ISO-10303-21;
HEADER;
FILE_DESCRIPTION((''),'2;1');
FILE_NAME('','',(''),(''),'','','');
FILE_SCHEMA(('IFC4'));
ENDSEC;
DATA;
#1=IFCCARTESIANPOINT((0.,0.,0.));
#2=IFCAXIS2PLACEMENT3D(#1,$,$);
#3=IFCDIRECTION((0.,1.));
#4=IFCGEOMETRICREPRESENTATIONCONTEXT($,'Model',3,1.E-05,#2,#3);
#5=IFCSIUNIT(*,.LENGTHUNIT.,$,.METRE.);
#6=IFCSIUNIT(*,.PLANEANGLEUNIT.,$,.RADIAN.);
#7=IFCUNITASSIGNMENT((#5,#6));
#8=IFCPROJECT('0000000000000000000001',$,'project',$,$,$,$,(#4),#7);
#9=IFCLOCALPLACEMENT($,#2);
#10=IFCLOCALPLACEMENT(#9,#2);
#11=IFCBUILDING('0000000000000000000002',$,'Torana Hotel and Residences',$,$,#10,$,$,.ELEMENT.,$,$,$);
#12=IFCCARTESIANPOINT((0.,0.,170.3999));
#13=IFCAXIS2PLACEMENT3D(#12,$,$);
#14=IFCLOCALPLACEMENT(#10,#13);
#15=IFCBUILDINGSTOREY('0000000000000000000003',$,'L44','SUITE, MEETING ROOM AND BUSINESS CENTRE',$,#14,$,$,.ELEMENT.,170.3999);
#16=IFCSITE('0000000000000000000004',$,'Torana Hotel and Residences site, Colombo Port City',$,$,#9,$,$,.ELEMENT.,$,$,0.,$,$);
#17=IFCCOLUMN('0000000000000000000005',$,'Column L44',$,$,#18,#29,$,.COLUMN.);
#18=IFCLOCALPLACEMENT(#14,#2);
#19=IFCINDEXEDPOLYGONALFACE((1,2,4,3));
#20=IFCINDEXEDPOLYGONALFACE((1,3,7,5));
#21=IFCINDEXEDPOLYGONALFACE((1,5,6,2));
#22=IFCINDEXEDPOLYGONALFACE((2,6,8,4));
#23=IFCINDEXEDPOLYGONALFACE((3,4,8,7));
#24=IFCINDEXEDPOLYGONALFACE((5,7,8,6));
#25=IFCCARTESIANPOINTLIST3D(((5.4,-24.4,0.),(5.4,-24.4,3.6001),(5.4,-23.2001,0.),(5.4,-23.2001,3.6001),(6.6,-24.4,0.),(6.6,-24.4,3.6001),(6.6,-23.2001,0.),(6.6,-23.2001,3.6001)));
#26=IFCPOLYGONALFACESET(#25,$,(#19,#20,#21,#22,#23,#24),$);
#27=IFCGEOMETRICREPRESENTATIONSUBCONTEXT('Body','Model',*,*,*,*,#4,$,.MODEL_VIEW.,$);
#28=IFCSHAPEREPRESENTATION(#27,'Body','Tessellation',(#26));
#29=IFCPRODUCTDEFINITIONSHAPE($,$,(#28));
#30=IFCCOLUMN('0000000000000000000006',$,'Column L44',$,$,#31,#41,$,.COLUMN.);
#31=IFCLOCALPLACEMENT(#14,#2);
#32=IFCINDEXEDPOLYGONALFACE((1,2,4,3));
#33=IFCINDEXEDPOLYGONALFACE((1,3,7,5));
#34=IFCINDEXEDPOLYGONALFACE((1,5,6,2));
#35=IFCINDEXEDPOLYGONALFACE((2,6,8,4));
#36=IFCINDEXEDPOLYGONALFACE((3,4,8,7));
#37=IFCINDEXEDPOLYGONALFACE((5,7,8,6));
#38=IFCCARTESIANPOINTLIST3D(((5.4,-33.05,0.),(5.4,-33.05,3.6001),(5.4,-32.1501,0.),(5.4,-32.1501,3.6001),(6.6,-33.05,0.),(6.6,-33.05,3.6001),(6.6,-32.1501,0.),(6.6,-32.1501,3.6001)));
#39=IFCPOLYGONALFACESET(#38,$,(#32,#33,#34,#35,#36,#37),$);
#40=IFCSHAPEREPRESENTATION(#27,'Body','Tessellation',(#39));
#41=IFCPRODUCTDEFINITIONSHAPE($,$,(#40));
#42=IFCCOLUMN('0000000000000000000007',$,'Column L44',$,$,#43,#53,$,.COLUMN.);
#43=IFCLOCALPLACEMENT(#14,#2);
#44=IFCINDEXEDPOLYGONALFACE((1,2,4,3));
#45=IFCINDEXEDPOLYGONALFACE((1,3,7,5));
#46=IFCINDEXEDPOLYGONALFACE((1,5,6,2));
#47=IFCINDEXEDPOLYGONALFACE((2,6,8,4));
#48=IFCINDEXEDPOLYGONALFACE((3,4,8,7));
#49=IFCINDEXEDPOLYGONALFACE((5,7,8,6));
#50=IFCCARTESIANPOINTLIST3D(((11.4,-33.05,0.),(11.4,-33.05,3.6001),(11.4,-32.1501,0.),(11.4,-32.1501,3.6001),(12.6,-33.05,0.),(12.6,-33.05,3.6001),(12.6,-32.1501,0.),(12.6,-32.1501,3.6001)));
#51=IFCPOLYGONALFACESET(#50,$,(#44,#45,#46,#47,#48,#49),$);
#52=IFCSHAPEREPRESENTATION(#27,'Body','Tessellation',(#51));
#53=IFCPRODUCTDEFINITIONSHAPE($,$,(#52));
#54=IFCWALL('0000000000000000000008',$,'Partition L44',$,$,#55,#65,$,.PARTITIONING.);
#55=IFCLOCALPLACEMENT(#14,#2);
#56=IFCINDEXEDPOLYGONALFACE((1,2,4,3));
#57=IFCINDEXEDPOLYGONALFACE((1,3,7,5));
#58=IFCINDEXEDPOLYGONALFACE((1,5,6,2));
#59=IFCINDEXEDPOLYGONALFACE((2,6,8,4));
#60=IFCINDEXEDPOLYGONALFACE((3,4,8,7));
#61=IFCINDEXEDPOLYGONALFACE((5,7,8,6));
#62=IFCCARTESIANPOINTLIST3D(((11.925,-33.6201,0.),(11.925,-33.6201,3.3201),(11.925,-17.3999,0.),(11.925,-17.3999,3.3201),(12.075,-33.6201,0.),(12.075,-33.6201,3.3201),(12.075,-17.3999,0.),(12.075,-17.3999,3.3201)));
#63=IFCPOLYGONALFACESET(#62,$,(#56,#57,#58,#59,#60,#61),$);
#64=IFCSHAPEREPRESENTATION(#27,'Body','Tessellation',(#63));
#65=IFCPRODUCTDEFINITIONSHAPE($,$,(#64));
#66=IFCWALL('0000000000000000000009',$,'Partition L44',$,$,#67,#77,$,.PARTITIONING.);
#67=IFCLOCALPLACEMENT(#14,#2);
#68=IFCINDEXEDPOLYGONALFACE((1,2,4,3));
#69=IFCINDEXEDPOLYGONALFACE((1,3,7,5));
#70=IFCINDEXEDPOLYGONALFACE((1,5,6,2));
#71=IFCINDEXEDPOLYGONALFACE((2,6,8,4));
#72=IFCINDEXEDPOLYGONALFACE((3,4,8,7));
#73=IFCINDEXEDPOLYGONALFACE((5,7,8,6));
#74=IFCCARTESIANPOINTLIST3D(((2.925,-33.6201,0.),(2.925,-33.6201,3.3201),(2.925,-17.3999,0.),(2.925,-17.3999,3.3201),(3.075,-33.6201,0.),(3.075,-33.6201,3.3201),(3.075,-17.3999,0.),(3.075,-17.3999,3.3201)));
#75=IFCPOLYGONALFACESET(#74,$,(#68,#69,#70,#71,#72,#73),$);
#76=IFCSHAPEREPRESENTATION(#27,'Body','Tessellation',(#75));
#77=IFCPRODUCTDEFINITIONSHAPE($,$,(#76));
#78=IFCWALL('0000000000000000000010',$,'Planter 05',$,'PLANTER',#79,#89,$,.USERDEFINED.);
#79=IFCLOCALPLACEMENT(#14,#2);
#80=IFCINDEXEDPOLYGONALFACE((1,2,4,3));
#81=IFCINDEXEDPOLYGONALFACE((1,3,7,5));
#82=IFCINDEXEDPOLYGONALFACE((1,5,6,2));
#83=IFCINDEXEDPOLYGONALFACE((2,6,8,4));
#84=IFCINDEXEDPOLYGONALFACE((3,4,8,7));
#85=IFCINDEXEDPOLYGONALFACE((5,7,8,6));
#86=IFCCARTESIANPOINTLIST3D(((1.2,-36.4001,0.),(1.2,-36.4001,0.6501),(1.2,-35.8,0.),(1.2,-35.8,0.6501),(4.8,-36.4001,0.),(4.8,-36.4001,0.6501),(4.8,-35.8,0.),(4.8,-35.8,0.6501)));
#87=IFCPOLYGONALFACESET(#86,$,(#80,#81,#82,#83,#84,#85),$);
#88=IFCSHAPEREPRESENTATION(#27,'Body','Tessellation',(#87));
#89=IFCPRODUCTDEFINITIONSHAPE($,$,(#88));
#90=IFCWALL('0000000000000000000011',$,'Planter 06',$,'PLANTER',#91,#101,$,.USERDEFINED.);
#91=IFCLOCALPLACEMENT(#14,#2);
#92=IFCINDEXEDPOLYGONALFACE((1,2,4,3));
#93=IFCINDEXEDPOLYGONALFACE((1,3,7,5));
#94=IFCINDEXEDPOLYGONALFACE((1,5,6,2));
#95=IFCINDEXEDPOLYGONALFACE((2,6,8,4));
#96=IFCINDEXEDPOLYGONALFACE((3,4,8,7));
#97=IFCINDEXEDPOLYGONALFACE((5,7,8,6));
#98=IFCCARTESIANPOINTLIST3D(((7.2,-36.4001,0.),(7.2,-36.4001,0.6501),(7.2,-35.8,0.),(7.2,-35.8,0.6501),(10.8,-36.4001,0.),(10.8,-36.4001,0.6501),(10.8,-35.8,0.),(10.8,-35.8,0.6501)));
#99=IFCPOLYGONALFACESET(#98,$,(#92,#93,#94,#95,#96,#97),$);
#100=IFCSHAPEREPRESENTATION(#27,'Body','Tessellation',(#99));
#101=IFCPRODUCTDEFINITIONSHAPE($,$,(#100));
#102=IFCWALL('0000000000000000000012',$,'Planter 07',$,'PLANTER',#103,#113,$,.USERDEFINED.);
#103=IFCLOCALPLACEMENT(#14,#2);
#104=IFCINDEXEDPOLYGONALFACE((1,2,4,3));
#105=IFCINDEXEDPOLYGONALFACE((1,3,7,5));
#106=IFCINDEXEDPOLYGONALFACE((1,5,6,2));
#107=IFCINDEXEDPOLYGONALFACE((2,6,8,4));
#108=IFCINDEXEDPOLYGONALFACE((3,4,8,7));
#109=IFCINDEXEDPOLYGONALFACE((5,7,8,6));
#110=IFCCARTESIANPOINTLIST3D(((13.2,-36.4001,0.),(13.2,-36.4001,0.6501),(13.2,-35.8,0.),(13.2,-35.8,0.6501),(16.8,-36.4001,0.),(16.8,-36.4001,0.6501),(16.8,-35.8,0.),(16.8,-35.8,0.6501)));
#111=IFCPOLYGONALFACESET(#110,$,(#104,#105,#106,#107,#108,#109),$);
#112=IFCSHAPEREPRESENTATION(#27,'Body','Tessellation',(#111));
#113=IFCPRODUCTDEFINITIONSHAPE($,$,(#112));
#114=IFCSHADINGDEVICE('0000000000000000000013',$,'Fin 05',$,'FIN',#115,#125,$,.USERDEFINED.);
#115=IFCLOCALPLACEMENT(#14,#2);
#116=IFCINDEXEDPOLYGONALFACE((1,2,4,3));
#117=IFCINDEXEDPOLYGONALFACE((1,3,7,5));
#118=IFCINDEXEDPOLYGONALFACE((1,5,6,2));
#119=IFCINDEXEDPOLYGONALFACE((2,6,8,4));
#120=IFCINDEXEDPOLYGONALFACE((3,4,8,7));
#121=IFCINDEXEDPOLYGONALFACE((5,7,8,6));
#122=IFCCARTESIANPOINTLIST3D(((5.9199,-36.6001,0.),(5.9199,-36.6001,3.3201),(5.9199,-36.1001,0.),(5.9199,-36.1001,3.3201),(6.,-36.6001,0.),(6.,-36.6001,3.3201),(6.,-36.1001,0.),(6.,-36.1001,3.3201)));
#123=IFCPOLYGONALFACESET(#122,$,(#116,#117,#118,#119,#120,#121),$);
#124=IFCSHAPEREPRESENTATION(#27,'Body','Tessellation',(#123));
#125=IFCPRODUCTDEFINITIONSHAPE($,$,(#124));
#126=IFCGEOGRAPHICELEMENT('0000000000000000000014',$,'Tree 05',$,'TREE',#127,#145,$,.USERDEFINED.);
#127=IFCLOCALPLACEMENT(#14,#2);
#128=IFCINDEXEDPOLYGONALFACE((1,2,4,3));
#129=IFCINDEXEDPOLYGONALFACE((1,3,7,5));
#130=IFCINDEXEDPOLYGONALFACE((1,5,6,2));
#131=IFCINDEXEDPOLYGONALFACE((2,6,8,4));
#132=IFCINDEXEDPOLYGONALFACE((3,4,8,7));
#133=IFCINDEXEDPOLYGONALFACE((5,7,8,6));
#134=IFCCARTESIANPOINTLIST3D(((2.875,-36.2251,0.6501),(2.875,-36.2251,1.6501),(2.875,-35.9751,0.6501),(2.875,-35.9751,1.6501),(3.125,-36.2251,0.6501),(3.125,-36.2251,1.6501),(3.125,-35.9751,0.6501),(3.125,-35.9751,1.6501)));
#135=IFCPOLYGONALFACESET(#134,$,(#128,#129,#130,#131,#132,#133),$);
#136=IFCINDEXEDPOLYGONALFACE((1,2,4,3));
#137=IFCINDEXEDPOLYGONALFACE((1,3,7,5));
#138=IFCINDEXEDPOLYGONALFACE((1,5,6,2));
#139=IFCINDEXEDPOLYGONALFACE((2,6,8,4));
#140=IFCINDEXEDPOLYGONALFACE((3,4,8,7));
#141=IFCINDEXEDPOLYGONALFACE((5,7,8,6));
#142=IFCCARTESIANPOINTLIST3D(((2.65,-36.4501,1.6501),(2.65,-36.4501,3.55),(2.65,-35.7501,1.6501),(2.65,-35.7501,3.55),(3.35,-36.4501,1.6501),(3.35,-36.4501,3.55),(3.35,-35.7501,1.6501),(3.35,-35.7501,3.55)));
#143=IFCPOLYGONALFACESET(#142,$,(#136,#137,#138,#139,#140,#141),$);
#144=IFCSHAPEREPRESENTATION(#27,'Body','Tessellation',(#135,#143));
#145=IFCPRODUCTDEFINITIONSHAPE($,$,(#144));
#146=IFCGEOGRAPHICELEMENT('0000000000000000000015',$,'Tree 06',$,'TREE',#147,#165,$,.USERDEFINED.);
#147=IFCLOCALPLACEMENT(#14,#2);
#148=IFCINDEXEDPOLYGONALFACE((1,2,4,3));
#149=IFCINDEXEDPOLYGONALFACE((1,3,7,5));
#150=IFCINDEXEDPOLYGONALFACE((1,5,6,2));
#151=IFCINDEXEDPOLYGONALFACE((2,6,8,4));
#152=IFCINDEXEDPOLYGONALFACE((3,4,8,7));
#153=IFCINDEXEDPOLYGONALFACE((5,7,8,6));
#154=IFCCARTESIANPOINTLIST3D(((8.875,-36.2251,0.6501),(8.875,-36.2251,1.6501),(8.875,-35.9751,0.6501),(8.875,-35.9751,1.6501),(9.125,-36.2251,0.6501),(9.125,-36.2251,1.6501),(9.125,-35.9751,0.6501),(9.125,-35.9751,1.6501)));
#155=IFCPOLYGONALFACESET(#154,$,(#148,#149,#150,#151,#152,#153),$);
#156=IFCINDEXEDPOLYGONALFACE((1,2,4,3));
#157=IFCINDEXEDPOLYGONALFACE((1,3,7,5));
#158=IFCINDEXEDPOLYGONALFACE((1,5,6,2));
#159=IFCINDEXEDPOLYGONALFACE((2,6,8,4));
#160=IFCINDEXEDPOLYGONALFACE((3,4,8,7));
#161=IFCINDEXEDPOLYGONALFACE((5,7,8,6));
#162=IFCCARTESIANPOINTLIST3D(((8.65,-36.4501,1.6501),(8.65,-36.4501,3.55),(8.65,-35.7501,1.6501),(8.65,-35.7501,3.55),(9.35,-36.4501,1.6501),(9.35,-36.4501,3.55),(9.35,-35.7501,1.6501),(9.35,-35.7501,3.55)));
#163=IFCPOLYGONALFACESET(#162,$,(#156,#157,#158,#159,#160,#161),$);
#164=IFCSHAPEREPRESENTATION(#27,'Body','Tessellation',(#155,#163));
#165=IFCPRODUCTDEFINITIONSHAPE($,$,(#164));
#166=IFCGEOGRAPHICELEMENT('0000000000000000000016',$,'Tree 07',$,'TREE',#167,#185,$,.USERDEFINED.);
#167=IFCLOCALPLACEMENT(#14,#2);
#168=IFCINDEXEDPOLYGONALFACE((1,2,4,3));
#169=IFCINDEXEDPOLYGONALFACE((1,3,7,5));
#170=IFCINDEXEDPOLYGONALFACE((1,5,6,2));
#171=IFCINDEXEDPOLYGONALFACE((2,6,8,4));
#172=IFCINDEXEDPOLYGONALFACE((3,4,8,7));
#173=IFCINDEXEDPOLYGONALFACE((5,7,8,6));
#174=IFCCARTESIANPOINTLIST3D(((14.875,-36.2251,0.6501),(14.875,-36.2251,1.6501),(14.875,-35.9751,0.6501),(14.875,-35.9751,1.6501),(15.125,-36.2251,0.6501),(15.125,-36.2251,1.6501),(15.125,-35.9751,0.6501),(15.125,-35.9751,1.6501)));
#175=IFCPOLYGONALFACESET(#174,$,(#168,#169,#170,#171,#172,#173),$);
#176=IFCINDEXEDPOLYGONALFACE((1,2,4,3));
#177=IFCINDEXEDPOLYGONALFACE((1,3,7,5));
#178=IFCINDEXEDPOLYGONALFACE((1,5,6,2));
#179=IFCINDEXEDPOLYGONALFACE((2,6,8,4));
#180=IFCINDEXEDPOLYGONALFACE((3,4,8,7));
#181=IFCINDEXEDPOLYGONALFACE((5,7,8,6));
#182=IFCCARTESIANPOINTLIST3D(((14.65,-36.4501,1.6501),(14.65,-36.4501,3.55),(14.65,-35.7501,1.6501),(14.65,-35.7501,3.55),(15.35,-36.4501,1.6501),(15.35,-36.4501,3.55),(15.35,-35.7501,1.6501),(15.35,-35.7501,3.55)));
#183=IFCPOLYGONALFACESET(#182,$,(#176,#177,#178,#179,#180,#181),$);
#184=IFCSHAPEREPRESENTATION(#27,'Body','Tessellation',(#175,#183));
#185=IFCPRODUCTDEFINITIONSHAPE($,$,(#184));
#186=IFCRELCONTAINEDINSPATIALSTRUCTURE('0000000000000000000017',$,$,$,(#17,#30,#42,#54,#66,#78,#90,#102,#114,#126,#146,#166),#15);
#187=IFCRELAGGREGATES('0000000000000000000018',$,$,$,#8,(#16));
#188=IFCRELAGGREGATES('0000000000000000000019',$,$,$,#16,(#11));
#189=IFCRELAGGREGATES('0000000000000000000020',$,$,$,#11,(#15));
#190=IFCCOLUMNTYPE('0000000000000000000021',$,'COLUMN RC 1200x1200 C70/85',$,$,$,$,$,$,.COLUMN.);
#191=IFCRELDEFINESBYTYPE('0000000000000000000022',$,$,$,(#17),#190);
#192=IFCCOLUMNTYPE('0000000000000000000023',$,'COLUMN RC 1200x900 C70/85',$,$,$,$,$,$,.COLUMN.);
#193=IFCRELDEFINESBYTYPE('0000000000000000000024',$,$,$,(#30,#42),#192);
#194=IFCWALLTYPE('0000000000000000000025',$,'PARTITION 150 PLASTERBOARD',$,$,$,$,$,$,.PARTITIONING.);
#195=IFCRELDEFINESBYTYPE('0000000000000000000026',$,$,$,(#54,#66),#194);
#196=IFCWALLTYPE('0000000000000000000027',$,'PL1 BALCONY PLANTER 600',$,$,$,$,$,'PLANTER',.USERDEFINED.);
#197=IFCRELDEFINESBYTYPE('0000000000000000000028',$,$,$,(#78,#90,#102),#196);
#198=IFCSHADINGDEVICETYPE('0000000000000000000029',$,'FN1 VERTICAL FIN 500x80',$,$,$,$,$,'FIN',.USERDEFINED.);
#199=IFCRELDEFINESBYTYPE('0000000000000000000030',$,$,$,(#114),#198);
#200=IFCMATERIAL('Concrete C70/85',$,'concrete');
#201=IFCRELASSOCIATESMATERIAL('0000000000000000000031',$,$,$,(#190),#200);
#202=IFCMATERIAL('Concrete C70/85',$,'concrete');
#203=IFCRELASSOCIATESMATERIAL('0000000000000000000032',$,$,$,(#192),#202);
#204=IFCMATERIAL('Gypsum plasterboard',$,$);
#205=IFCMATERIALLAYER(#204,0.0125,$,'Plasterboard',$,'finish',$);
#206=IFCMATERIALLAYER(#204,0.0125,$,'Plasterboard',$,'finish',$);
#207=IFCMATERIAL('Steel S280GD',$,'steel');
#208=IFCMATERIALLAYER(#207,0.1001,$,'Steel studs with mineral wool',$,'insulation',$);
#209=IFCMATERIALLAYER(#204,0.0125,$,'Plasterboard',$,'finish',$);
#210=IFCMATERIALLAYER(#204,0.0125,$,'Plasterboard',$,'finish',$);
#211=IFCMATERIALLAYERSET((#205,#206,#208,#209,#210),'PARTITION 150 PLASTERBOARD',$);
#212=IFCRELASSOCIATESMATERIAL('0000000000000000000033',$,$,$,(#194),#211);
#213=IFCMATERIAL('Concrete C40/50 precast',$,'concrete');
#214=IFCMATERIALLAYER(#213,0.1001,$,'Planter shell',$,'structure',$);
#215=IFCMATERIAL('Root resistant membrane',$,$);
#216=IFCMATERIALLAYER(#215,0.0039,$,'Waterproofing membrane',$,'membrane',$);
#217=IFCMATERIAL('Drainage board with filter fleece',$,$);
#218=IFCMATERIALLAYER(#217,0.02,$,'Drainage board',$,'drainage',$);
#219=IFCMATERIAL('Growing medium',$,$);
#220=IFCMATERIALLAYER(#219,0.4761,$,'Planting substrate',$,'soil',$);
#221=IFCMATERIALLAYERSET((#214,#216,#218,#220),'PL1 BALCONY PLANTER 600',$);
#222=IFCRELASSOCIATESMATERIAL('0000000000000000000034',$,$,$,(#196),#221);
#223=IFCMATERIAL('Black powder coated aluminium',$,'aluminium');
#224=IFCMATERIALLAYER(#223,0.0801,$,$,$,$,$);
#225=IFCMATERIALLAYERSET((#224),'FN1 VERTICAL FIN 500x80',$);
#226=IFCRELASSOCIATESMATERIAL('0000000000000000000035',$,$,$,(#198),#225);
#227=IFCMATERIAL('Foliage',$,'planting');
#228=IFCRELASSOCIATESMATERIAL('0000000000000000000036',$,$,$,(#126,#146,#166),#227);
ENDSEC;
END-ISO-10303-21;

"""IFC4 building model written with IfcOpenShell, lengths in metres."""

from ifc_helpers import new_model, si_unit, direction, frame, frame_2d, origin, origin_2d, place, context, subcontext, project, spatial, rectangle, extrude, material, layer, layer_set, material_profile, profile_set, type_object, element, save


model = new_model("IFC4")

# Units and contexts
model_context = context("Model", 3, precision=1e-05, world=origin(), true_north=direction((0.0, 1.0)))
body_context = subcontext(model_context, "Body", "Model", "MODEL_VIEW")
ifc_project = project(units=[si_unit("LENGTHUNIT", "METRE"), si_unit("PLANEANGLEUNIT", "RADIAN")], contexts=[model_context])

# Site, building, storey
site_placement = place(None, origin())
site = spatial("IfcSite", under=ifc_project, at=site_placement, Name="Torana Hotel and Residences site, Colombo Port City", CompositionType="ELEMENT", RefElevation=0.0)
building_placement = place(site_placement, origin())
building = spatial("IfcBuilding", under=site, at=building_placement, Name="Torana Hotel and Residences", CompositionType="ELEMENT")
storey_placement = place(building_placement, frame((0.0, 0.0, 170.3999)))
storey = spatial("IfcBuildingStorey", under=building, at=storey_placement, Name="L44", Description="SUITE, MEETING ROOM AND BUSINESS CENTRE", CompositionType="ELEMENT", Elevation=170.3999)

# Columns
ifc_material_1 = material(Name="Concrete C70/85", Category="concrete")
ifc_material_profile_1 = material_profile(ifc_material_1, rectangle(XDim=1.2, YDim=1.2, at=origin_2d()), Name="RC 1200x1200")
ifc_profile_set_1 = profile_set([ifc_material_profile_1], Name="Concrete C70/85")
column_type_1 = type_object("IfcColumnType", Name="COLUMN RC 1200x1200 C70/85", PredefinedType="COLUMN", material=ifc_profile_set_1)
column_placement = place(storey_placement, frame((6.0, -23.8, 0.0), z_axis=(0.0, 0.0, 1.0), x_axis=(1.0, 0.0, 0.0)))
element("IfcColumn", 1, at=column_placement, inside=storey, type_object=column_type_1, Name="Column L44", PredefinedType="COLUMN", context=body_context, shape_type="SweptSolid", body=[
    extrude(rectangle(XDim=1.2, YDim=1.2, at=origin_2d()), origin(), (0.0, 0.0, 1.0), 3.6001),
])
ifc_material_2 = material(Name="Concrete C70/85", Category="concrete")
ifc_material_profile_2 = material_profile(ifc_material_2, rectangle(XDim=1.2, YDim=0.8999, at=origin_2d()), Name="RC 1200x900")
ifc_profile_set_2 = profile_set([ifc_material_profile_2], Name="Concrete C70/85")
column_type_2 = type_object("IfcColumnType", Name="COLUMN RC 1200x900 C70/85", PredefinedType="COLUMN", material=ifc_profile_set_2)
for number, where, z_axis, x_axis, name in (
    (2, (6.0, -32.6001, 0.0), (0.0, 0.0, 1.0), (1.0, 0.0, 0.0), "Column L44"),
    (3, (12.0, -32.6001, 0.0), (0.0, 0.0, 1.0), (1.0, 0.0, 0.0), "Column L44"),
):
    element("IfcColumn", number, at=place(storey_placement, frame(where, z_axis=z_axis, x_axis=x_axis)), inside=storey, type_object=column_type_2, Name=name, PredefinedType="COLUMN", context=body_context, shape_type="SweptSolid", body=[
        extrude(rectangle(XDim=1.2, YDim=0.8999, at=origin_2d()), origin(), (0.0, 0.0, 1.0), 3.6001),
    ])

# Walls
ifc_material_3 = material(Name="Gypsum plasterboard")
ifc_layer_1 = layer(ifc_material_3, 0.0125, Name="Plasterboard", Category="finish")
ifc_layer_2 = layer(ifc_material_3, 0.0125, Name="Plasterboard", Category="finish")
ifc_material_4 = material(Name="Steel S280GD", Category="steel")
ifc_layer_3 = layer(ifc_material_4, 0.1001, Name="Steel studs with mineral wool", Category="insulation")
ifc_layer_4 = layer(ifc_material_3, 0.0125, Name="Plasterboard", Category="finish")
ifc_layer_5 = layer(ifc_material_3, 0.0125, Name="Plasterboard", Category="finish")
ifc_layer_set_1 = layer_set([ifc_layer_1, ifc_layer_2, ifc_layer_3, ifc_layer_4, ifc_layer_5], Name="PARTITION 150 PLASTERBOARD")
wall_type_1 = type_object("IfcWallType", Name="PARTITION 150 PLASTERBOARD", PredefinedType="PARTITIONING", material=ifc_layer_set_1)
for number, where, z_axis, x_axis, name in (
    (4, (12.0, -33.6201, 0.0), (0.0, 0.0, 1.0), (0.0, 1.0, 0.0), "Partition L44"),
    (5, (3.0, -33.6201, 0.0), (0.0, 0.0, 1.0), (0.0, 1.0, 0.0), "Partition L44"),
):
    element("IfcWall", number, at=place(storey_placement, frame(where, z_axis=z_axis, x_axis=x_axis)), inside=storey, type_object=wall_type_1, Name=name, PredefinedType="PARTITIONING", context=body_context, shape_type="SweptSolid", body=[
        extrude(rectangle(XDim=16.2202, YDim=0.1499, at=frame_2d((8.1101, 0.0))), origin(), (0.0, 0.0, 1.0), 3.3201),
    ])
ifc_material_5 = material(Name="Concrete C40/50 precast", Category="concrete")
ifc_layer_6 = layer(ifc_material_5, 0.1001, Name="Planter shell", Category="structure")
ifc_material_6 = material(Name="Root resistant membrane")
ifc_layer_7 = layer(ifc_material_6, 0.0039, Name="Waterproofing membrane", Category="membrane")
ifc_material_7 = material(Name="Drainage board with filter fleece")
ifc_layer_8 = layer(ifc_material_7, 0.02, Name="Drainage board", Category="drainage")
ifc_material_8 = material(Name="Growing medium")
ifc_layer_9 = layer(ifc_material_8, 0.4761, Name="Planting substrate", Category="soil")
ifc_layer_set_2 = layer_set([ifc_layer_6, ifc_layer_7, ifc_layer_8, ifc_layer_9], Name="PL1 BALCONY PLANTER 600")
wall_type_2 = type_object("IfcWallType", Name="PL1 BALCONY PLANTER 600", ElementType="PLANTER", PredefinedType="USERDEFINED", material=ifc_layer_set_2)
for number, where, z_axis, x_axis, name in (
    (6, (4.8, -36.1001, 0.0), (0.0, 0.0, 1.0), (-1.0, 0.0, 0.0), "Planter 05"),
    (7, (10.8, -36.1001, 0.0), (0.0, 0.0, 1.0), (-1.0, 0.0, 0.0), "Planter 06"),
    (8, (16.8, -36.1001, 0.0), (0.0, 0.0, 1.0), (-1.0, 0.0, 0.0), "Planter 07"),
):
    element("IfcWall", number, at=place(storey_placement, frame(where, z_axis=z_axis, x_axis=x_axis)), inside=storey, type_object=wall_type_2, Name=name, ObjectType="PLANTER", PredefinedType="USERDEFINED", context=body_context, shape_type="SweptSolid", body=[
        extrude(rectangle(XDim=3.6001, YDim=0.6001, at=frame_2d((1.8, 0.0))), origin(), (0.0, 0.0, 1.0), 0.6501),
    ])

# Shading device
ifc_material_9 = material(Name="Black powder coated aluminium", Category="aluminium")
ifc_layer_10 = layer(ifc_material_9, 0.0801)
ifc_layer_set_3 = layer_set([ifc_layer_10], Name="FN1 VERTICAL FIN 500x80")
shading_device_type = type_object("IfcShadingDeviceType", Name="FN1 VERTICAL FIN 500x80", ElementType="FIN", PredefinedType="USERDEFINED", material=ifc_layer_set_3)
shading_device_placement = place(storey_placement, frame((5.96, -36.3501, 0.0), z_axis=(0.0, 0.0, 1.0), x_axis=(-1.0, 0.0, 0.0)))
element("IfcShadingDevice", 9, at=shading_device_placement, inside=storey, type_object=shading_device_type, Name="Fin 05", ObjectType="FIN", PredefinedType="USERDEFINED", context=body_context, shape_type="SweptSolid", body=[
    extrude(rectangle(XDim=0.0801, YDim=0.5, at=origin_2d()), origin(), (0.0, 0.0, 1.0), 3.3201),
])

# Geographic elements
ifc_material_10 = material(Name="Foliage", Category="planting")
for number, where, z_axis, x_axis, name in (
    (10, (3.0, -36.1001, 0.6501), (0.0, 0.0, 1.0), (1.0, 0.0, 0.0), "Tree 05"),
    (11, (9.0, -36.1001, 0.6501), (0.0, 0.0, 1.0), (1.0, 0.0, 0.0), "Tree 06"),
    (12, (15.0, -36.1001, 0.6501), (0.0, 0.0, 1.0), (1.0, 0.0, 0.0), "Tree 07"),
):
    element("IfcGeographicElement", number, at=place(storey_placement, frame(where, z_axis=z_axis, x_axis=x_axis)), inside=storey, material=ifc_material_10, Name=name, ObjectType="TREE", PredefinedType="USERDEFINED", context=body_context, shape_type="SweptSolid", body=[
        extrude(rectangle(XDim=0.25, YDim=0.25, at=origin_2d()), origin(), (0.0, 0.0, 1.0), 1.0),
        extrude(rectangle(XDim=0.7, YDim=0.7, at=origin_2d()), frame((0.0, 0.0, 1.0)), (0.0, 0.0, 1.0), 1.8999),
    ])

save(model, "model.ifc")
